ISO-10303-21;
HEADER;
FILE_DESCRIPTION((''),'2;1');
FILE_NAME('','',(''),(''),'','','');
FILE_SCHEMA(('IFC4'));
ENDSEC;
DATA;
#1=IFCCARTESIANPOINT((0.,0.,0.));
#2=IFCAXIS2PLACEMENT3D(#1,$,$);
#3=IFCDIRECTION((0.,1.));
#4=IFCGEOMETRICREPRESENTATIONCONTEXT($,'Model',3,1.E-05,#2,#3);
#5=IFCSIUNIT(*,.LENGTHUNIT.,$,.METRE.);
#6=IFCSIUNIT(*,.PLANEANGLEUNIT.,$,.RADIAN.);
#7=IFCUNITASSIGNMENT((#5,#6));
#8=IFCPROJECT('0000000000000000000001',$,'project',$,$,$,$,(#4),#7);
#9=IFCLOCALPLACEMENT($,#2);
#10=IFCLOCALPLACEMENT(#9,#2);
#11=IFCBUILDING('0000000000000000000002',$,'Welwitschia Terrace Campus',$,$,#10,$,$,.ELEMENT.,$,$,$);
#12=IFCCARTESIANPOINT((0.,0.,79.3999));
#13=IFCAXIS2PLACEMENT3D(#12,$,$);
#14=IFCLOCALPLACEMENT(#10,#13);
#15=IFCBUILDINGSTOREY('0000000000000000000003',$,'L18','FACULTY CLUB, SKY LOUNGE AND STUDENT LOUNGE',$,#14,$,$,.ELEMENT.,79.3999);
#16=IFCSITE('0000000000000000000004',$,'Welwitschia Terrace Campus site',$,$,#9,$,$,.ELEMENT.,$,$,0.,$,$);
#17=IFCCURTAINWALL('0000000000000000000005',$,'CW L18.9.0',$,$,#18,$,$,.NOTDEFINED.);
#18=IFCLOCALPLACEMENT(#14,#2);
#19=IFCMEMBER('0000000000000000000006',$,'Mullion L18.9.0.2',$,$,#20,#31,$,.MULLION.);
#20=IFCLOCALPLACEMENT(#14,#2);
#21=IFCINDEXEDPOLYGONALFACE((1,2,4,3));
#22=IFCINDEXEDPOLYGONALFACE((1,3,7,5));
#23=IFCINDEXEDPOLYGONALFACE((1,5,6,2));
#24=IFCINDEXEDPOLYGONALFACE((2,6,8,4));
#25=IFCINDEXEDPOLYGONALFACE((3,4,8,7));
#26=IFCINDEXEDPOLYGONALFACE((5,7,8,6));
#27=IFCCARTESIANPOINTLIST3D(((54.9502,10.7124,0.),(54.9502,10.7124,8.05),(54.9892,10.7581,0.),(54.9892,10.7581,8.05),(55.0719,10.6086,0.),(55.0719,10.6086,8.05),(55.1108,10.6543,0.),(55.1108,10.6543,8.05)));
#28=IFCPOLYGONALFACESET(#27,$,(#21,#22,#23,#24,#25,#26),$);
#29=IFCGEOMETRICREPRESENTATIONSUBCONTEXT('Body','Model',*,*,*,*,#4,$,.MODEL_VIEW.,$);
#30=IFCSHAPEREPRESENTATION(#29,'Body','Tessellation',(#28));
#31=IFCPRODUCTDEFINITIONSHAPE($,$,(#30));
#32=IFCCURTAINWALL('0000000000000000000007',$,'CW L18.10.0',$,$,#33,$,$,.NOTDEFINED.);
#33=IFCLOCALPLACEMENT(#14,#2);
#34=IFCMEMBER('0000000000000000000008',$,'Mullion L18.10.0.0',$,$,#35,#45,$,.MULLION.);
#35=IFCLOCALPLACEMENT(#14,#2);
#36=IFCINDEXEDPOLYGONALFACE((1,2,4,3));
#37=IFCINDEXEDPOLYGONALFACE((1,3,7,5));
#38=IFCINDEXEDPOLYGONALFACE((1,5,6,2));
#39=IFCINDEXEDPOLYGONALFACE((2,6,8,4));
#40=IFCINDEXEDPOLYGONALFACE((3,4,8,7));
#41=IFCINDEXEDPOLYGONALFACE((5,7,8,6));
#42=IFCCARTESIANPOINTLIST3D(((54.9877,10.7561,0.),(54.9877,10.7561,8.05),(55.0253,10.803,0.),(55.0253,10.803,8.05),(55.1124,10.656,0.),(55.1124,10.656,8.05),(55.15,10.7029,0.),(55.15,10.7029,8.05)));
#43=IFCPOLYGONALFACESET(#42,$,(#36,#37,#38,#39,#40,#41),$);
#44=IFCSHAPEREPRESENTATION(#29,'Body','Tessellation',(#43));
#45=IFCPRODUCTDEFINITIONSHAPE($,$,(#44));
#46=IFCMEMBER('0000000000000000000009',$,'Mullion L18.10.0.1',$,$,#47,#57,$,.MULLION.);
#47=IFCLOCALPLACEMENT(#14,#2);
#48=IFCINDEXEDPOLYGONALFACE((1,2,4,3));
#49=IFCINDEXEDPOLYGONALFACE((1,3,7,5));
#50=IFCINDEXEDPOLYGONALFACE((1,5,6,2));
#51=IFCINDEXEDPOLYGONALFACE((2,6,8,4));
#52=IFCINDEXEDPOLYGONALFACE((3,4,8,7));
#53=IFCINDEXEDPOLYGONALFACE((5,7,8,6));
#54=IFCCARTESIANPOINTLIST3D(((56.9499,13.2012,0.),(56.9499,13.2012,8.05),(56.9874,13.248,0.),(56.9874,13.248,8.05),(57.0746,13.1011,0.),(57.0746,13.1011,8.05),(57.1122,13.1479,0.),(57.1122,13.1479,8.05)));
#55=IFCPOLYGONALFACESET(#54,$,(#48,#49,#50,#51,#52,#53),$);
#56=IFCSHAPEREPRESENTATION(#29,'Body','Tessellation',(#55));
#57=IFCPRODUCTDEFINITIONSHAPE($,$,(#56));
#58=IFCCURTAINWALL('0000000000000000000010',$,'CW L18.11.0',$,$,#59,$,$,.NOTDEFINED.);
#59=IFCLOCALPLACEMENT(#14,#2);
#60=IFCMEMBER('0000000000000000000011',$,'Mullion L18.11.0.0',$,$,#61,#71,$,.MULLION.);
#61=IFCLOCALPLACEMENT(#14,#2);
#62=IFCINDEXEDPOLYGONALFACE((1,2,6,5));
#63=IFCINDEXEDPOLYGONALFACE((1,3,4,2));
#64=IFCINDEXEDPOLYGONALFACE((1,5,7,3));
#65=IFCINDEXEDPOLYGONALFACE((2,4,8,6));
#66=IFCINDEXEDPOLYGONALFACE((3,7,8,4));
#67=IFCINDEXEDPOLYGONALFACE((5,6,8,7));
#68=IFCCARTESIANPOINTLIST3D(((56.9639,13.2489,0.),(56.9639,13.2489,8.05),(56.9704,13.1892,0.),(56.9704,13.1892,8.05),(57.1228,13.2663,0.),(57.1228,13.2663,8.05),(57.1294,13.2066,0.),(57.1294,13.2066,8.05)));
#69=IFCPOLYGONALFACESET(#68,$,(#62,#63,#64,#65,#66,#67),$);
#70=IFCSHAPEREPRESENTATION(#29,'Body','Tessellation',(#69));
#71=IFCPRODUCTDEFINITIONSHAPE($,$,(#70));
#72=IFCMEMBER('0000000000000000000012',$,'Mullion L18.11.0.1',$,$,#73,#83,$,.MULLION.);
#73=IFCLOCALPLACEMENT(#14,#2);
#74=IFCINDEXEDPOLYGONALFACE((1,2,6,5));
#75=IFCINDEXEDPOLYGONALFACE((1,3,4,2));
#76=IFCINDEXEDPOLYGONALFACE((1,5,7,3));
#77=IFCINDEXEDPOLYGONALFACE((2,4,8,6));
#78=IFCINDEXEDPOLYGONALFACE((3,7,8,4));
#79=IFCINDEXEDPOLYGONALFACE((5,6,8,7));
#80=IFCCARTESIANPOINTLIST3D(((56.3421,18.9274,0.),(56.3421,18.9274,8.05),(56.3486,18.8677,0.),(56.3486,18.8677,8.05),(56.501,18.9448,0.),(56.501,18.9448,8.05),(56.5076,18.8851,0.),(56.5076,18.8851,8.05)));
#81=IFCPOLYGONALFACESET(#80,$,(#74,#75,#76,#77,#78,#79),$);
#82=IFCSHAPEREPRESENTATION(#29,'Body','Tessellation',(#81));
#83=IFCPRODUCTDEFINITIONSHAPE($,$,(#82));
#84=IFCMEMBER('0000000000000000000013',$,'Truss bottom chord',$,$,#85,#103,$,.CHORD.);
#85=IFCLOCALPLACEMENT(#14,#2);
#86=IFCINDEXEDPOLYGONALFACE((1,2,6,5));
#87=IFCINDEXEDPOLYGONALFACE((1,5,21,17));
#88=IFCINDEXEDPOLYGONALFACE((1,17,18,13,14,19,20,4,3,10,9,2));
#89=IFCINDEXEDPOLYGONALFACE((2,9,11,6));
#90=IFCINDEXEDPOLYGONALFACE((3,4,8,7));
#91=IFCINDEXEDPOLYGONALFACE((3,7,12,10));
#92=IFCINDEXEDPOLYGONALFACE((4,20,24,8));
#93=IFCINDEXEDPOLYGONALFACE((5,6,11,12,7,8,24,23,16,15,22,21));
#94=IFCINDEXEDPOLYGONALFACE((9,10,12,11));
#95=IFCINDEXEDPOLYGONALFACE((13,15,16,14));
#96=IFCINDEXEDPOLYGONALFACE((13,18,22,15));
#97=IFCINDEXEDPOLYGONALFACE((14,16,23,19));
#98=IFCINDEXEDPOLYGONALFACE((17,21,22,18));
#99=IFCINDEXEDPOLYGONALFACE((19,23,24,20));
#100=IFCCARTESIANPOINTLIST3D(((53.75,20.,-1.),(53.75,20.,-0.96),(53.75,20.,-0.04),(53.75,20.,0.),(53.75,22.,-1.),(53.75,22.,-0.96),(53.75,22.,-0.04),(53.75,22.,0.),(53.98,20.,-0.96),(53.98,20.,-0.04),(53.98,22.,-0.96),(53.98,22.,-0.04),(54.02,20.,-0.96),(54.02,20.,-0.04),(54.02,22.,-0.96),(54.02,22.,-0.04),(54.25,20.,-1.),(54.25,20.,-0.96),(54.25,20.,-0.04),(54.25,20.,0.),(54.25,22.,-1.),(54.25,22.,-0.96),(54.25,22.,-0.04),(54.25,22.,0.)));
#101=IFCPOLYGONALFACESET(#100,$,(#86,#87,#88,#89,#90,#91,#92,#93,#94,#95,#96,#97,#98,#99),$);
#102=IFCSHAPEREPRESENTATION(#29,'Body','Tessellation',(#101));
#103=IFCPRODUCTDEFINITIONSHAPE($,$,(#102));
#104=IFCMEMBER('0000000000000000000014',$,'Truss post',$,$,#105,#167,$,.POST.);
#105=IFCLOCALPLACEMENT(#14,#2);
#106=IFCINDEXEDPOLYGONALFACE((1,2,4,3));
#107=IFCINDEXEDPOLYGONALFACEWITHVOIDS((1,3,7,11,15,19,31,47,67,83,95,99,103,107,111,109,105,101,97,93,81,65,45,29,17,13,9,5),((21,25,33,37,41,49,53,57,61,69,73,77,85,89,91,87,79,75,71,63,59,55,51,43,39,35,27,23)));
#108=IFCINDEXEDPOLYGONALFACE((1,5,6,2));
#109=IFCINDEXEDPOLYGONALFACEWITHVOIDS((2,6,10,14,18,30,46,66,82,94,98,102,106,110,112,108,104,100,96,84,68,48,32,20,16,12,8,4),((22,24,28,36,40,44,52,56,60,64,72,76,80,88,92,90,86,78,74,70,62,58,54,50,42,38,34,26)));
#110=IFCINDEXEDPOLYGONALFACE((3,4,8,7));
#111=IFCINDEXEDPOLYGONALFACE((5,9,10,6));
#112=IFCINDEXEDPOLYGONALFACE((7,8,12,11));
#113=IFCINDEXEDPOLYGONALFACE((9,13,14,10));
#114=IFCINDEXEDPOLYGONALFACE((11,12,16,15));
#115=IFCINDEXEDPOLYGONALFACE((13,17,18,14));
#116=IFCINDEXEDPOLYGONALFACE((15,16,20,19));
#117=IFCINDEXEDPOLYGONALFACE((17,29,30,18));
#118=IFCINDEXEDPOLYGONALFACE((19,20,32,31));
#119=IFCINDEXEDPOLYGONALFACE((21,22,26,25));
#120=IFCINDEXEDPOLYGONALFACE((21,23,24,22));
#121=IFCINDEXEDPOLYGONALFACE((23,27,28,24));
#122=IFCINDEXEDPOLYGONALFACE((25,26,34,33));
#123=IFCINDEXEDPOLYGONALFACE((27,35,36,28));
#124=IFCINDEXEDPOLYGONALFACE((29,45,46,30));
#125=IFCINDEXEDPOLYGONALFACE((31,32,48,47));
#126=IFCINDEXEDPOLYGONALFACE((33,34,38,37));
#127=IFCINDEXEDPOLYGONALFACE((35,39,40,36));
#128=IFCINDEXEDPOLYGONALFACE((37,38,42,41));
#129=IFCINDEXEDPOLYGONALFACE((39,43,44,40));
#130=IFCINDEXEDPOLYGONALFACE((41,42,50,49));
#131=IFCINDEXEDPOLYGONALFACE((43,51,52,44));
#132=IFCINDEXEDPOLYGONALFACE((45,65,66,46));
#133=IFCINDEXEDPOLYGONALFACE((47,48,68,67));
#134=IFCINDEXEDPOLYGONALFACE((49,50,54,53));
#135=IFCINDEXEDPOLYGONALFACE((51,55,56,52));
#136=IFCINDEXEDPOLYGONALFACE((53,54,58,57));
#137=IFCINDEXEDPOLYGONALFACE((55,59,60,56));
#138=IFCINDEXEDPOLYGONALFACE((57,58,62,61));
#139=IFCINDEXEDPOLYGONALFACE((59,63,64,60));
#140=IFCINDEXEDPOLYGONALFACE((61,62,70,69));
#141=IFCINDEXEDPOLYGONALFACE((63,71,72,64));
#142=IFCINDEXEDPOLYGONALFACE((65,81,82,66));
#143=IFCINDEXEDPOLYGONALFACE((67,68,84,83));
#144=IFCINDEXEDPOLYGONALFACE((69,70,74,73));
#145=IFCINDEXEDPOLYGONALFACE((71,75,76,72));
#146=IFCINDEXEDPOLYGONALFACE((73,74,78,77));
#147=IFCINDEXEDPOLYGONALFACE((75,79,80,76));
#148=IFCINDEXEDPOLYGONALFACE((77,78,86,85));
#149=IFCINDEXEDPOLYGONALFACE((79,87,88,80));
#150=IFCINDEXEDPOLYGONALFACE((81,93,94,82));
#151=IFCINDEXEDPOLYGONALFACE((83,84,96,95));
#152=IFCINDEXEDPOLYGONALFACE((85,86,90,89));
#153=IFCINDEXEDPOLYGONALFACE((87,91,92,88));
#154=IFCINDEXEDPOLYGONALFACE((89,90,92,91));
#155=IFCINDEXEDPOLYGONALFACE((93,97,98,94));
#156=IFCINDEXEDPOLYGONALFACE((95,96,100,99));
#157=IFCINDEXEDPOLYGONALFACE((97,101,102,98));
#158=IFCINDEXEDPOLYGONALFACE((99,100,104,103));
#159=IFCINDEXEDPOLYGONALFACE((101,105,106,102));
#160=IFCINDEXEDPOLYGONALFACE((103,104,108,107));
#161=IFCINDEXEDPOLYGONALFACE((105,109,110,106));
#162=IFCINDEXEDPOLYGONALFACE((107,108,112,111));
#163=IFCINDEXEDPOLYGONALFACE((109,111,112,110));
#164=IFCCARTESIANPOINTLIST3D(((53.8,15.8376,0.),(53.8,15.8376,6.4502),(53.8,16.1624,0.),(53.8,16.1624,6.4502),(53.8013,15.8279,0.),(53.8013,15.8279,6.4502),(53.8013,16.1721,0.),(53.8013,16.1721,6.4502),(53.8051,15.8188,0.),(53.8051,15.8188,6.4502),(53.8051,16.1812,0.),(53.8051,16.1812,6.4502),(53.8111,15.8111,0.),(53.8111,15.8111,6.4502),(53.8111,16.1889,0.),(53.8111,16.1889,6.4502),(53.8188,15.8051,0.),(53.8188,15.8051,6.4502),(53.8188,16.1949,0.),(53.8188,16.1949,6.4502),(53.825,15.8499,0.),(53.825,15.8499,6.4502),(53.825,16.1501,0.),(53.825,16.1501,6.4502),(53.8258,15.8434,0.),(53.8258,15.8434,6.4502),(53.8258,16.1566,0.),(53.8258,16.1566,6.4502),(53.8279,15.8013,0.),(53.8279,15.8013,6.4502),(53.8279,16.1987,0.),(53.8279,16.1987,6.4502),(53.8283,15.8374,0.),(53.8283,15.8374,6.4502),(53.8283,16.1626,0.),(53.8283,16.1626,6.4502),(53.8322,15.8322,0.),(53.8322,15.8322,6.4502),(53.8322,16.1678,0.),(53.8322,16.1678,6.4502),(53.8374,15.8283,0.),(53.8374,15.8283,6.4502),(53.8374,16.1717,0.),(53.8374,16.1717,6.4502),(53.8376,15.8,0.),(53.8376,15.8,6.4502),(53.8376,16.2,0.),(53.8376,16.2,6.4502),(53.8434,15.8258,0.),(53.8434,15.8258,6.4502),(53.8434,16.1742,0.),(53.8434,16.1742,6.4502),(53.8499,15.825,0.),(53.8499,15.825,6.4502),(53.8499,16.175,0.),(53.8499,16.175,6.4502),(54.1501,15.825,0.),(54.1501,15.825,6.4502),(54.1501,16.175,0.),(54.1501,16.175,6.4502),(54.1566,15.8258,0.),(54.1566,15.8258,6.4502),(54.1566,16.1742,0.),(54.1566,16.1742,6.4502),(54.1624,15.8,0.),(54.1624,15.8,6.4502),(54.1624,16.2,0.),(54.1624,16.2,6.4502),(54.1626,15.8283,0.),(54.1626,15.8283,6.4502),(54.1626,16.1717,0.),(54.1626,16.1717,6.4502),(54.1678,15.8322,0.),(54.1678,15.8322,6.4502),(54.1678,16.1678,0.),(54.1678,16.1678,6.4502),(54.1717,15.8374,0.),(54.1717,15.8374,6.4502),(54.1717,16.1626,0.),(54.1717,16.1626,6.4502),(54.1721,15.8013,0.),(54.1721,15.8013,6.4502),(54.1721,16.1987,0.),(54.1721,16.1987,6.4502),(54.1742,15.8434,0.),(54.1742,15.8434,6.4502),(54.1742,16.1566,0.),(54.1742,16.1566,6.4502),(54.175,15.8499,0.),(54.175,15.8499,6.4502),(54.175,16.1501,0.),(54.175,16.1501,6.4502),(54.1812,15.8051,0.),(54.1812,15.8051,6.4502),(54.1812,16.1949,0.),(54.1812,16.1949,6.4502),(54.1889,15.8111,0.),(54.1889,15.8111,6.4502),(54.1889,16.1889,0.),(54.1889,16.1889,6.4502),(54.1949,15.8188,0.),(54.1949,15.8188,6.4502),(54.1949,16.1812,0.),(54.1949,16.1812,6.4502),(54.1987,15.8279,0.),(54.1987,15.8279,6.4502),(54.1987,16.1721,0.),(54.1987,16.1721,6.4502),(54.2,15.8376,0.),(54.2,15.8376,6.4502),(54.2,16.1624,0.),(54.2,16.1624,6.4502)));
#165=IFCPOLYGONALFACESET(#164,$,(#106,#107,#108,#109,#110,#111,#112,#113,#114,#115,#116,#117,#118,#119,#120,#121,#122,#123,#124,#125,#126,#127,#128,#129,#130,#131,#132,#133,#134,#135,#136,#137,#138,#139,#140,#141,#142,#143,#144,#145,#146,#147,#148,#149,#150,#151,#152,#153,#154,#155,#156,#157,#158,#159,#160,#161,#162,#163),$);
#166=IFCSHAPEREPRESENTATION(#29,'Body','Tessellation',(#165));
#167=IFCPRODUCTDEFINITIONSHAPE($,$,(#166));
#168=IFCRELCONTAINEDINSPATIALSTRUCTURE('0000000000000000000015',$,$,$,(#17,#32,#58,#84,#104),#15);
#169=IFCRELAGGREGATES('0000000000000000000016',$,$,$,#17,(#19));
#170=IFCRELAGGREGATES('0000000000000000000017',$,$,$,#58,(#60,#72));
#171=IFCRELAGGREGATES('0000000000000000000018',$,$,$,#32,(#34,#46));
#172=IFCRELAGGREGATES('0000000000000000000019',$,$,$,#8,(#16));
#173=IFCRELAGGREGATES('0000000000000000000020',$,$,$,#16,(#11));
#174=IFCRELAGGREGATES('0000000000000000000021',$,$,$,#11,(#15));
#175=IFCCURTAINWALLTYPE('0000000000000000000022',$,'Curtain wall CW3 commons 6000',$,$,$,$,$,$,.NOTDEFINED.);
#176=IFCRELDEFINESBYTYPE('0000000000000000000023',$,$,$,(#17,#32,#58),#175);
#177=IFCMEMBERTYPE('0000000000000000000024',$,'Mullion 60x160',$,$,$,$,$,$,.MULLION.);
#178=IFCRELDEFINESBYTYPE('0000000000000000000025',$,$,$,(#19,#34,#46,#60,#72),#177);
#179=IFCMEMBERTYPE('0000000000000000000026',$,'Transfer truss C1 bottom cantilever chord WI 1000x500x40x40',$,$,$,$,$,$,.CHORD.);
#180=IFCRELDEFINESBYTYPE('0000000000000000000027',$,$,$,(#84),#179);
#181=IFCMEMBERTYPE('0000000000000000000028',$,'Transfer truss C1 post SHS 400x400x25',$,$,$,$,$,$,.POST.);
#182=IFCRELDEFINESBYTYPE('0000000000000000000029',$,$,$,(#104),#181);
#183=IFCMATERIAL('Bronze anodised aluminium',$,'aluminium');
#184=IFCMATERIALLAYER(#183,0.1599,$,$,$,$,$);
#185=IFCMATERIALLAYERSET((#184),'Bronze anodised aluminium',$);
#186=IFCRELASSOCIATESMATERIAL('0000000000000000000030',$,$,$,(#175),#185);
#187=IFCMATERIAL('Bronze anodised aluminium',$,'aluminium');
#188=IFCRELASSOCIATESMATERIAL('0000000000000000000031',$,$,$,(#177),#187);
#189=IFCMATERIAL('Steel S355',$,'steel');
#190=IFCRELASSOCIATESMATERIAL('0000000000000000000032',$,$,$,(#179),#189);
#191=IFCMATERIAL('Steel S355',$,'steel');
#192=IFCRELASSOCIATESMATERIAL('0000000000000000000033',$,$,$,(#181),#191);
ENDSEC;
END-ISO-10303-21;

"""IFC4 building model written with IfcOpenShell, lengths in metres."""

from ifc_helpers import new_model, si_unit, direction, frame, origin, origin_2d, place, context, subcontext, project, spatial, rectangle, hollow_rectangle, i_section, extrude, material, layer, layer_set, material_profile, profile_set, type_object, element, aggregate, save


model = new_model("IFC4")

# Units and contexts
model_context = context("Model", 3, precision=1e-05, world=origin(), true_north=direction((0.0, 1.0)))
body_context = subcontext(model_context, "Body", "Model", "MODEL_VIEW")
ifc_project = project(units=[si_unit("LENGTHUNIT", "METRE"), si_unit("PLANEANGLEUNIT", "RADIAN")], contexts=[model_context])

# Site, building, storey
site_placement = place(None, origin())
site = spatial("IfcSite", under=ifc_project, at=site_placement, Name="Welwitschia Terrace Campus site", CompositionType="ELEMENT", RefElevation=0.0)
building_placement = place(site_placement, origin())
building = spatial("IfcBuilding", under=site, at=building_placement, Name="Welwitschia Terrace Campus", CompositionType="ELEMENT")
storey_placement = place(building_placement, frame((0.0, 0.0, 79.3999)))
storey = spatial("IfcBuildingStorey", under=building, at=storey_placement, Name="L18", Description="FACULTY CLUB, SKY LOUNGE AND STUDENT LOUNGE", CompositionType="ELEMENT", Elevation=79.3999)

# Curtain wall, member
ifc_material_1 = material(Name="Bronze anodised aluminium", Category="aluminium")
ifc_layer_1 = layer(ifc_material_1, 0.1599)
ifc_layer_set_1 = layer_set([ifc_layer_1], Name="Bronze anodised aluminium")
curtain_wall_type = type_object("IfcCurtainWallType", Name="Curtain wall CW3 commons 6000", PredefinedType="NOTDEFINED", material=ifc_layer_set_1)
curtain_wall_1_placement = place(storey_placement, origin())
curtain_wall_1 = element("IfcCurtainWall", 1, at=curtain_wall_1_placement, inside=storey, type_object=curtain_wall_type, Name="CW L18.9.0", PredefinedType="NOTDEFINED")
ifc_material_2 = material(Name="Bronze anodised aluminium", Category="aluminium")
ifc_material_profile_1 = material_profile(ifc_material_2, rectangle(XDim=0.1599, YDim=0.0601, at=origin_2d()))
ifc_profile_set_1 = profile_set([ifc_material_profile_1], Name="Bronze anodised aluminium")
member_type_1 = type_object("IfcMemberType", Name="Mullion 60x160", PredefinedType="MULLION", material=ifc_profile_set_1)
member_1_placement = place(storey_placement, frame((55.0305, 10.6833, 0.0), z_axis=(0.0, 0.0, 1.0), x_axis=(-0.760856, 0.64892, 0.0)))
member_1 = element("IfcMember", 2, at=member_1_placement, type_object=member_type_1, Name="Mullion L18.9.0.2", PredefinedType="MULLION", context=body_context, shape_type="SweptSolid", body=[
    extrude(rectangle(XDim=0.1599, YDim=0.0601, at=origin_2d()), origin(), (0.0, 0.0, 1.0), 8.05),
])
aggregate(curtain_wall_1, [member_1])

# Curtain walls, members
curtain_wall_2_placement = place(storey_placement, origin())
curtain_wall_2 = element("IfcCurtainWall", 3, at=curtain_wall_2_placement, inside=storey, type_object=curtain_wall_type, Name="CW L18.10.0", PredefinedType="NOTDEFINED")
member_2_placement = place(storey_placement, frame((55.0688, 10.7295, 0.0), z_axis=(0.0, 0.0, 1.0), x_axis=(-0.779884, 0.625923, 0.0)))
member_2 = element("IfcMember", 4, at=member_2_placement, type_object=member_type_1, Name="Mullion L18.10.0.0", PredefinedType="MULLION", context=body_context, shape_type="SweptSolid", body=[
    extrude(rectangle(XDim=0.1599, YDim=0.0601, at=origin_2d()), origin(), (0.0, 0.0, 1.0), 8.05),
])
member_3_placement = place(storey_placement, frame((57.031, 13.1746, 0.0), z_axis=(0.0, 0.0, 1.0), x_axis=(-0.779884, 0.625923, 0.0)))
member_3 = element("IfcMember", 5, at=member_3_placement, type_object=member_type_1, Name="Mullion L18.10.0.1", PredefinedType="MULLION", context=body_context, shape_type="SweptSolid", body=[
    extrude(rectangle(XDim=0.1599, YDim=0.0601, at=origin_2d()), origin(), (0.0, 0.0, 1.0), 8.05),
])
curtain_wall_3_placement = place(storey_placement, origin())
curtain_wall_3 = element("IfcCurtainWall", 6, at=curtain_wall_3_placement, inside=storey, type_object=curtain_wall_type, Name="CW L18.11.0", PredefinedType="NOTDEFINED")
member_4_placement = place(storey_placement, frame((57.0466, 13.2278, 0.0), z_axis=(0.0, 0.0, 1.0), x_axis=(-0.994056, -0.108867, 0.0)))
member_4 = element("IfcMember", 7, at=member_4_placement, type_object=member_type_1, Name="Mullion L18.11.0.0", PredefinedType="MULLION", context=body_context, shape_type="SweptSolid", body=[
    extrude(rectangle(XDim=0.1599, YDim=0.0601, at=origin_2d()), origin(), (0.0, 0.0, 1.0), 8.05),
])
member_5_placement = place(storey_placement, frame((56.4248, 18.9062, 0.0), z_axis=(0.0, 0.0, 1.0), x_axis=(-0.994056, -0.108867, 0.0)))
member_5 = element("IfcMember", 8, at=member_5_placement, type_object=member_type_1, Name="Mullion L18.11.0.1", PredefinedType="MULLION", context=body_context, shape_type="SweptSolid", body=[
    extrude(rectangle(XDim=0.1599, YDim=0.0601, at=origin_2d()), origin(), (0.0, 0.0, 1.0), 8.05),
])

# Members
ifc_material_3 = material(Name="Steel S355", Category="steel")
ifc_material_profile_2 = material_profile(ifc_material_3, i_section(OverallWidth=0.5, OverallDepth=1.0, WebThickness=0.04, FlangeThickness=0.04, at=origin_2d()))
ifc_profile_set_2 = profile_set([ifc_material_profile_2], Name="Steel S355")
member_type_2 = type_object("IfcMemberType", Name="Transfer truss C1 bottom cantilever chord WI 1000x500x40x40", PredefinedType="CHORD", material=ifc_profile_set_2)
member_6_placement = place(storey_placement, frame((54.0, 20.0, -0.5), z_axis=(0.0, 1.0, 0.0), x_axis=(-1.0, 0.0, 0.0)))
element("IfcMember", 9, at=member_6_placement, inside=storey, type_object=member_type_2, Name="Truss bottom chord", PredefinedType="CHORD", context=body_context, shape_type="SweptSolid", body=[
    extrude(i_section(OverallWidth=0.5, OverallDepth=1.0, WebThickness=0.04, FlangeThickness=0.04, at=origin_2d()), origin(), (0.0, 0.0, 1.0), 2.0),
])
ifc_material_4 = material(Name="Steel S355", Category="steel")
ifc_material_profile_3 = material_profile(ifc_material_4, hollow_rectangle(XDim=0.3999, YDim=0.3999, WallThickness=0.0249, InnerFilletRadius=0.0249, OuterFilletRadius=0.0376, at=origin_2d()))
ifc_profile_set_3 = profile_set([ifc_material_profile_3], Name="Steel S355")
member_type_3 = type_object("IfcMemberType", Name="Transfer truss C1 post SHS 400x400x25", PredefinedType="POST", material=ifc_profile_set_3)
for number, where, z_axis, x_axis, name in (
    (10, (54.0, 16.0, 0.0), (0.0, 0.0, 1.0), (1.0, 0.0, 0.0), "Truss post"),
):
    element("IfcMember", number, at=place(storey_placement, frame(where, z_axis=z_axis, x_axis=x_axis)), inside=storey, type_object=member_type_3, Name=name, PredefinedType="POST", context=body_context, shape_type="SweptSolid", body=[
        extrude(hollow_rectangle(XDim=0.3999, YDim=0.3999, WallThickness=0.0249, InnerFilletRadius=0.0249, OuterFilletRadius=0.0376, at=origin_2d()), origin(), (0.0, 0.0, 1.0), 6.4502),
    ])

aggregate(curtain_wall_3, [member_4, member_5])
aggregate(curtain_wall_2, [member_2, member_3])

save(model, "model.ifc")
